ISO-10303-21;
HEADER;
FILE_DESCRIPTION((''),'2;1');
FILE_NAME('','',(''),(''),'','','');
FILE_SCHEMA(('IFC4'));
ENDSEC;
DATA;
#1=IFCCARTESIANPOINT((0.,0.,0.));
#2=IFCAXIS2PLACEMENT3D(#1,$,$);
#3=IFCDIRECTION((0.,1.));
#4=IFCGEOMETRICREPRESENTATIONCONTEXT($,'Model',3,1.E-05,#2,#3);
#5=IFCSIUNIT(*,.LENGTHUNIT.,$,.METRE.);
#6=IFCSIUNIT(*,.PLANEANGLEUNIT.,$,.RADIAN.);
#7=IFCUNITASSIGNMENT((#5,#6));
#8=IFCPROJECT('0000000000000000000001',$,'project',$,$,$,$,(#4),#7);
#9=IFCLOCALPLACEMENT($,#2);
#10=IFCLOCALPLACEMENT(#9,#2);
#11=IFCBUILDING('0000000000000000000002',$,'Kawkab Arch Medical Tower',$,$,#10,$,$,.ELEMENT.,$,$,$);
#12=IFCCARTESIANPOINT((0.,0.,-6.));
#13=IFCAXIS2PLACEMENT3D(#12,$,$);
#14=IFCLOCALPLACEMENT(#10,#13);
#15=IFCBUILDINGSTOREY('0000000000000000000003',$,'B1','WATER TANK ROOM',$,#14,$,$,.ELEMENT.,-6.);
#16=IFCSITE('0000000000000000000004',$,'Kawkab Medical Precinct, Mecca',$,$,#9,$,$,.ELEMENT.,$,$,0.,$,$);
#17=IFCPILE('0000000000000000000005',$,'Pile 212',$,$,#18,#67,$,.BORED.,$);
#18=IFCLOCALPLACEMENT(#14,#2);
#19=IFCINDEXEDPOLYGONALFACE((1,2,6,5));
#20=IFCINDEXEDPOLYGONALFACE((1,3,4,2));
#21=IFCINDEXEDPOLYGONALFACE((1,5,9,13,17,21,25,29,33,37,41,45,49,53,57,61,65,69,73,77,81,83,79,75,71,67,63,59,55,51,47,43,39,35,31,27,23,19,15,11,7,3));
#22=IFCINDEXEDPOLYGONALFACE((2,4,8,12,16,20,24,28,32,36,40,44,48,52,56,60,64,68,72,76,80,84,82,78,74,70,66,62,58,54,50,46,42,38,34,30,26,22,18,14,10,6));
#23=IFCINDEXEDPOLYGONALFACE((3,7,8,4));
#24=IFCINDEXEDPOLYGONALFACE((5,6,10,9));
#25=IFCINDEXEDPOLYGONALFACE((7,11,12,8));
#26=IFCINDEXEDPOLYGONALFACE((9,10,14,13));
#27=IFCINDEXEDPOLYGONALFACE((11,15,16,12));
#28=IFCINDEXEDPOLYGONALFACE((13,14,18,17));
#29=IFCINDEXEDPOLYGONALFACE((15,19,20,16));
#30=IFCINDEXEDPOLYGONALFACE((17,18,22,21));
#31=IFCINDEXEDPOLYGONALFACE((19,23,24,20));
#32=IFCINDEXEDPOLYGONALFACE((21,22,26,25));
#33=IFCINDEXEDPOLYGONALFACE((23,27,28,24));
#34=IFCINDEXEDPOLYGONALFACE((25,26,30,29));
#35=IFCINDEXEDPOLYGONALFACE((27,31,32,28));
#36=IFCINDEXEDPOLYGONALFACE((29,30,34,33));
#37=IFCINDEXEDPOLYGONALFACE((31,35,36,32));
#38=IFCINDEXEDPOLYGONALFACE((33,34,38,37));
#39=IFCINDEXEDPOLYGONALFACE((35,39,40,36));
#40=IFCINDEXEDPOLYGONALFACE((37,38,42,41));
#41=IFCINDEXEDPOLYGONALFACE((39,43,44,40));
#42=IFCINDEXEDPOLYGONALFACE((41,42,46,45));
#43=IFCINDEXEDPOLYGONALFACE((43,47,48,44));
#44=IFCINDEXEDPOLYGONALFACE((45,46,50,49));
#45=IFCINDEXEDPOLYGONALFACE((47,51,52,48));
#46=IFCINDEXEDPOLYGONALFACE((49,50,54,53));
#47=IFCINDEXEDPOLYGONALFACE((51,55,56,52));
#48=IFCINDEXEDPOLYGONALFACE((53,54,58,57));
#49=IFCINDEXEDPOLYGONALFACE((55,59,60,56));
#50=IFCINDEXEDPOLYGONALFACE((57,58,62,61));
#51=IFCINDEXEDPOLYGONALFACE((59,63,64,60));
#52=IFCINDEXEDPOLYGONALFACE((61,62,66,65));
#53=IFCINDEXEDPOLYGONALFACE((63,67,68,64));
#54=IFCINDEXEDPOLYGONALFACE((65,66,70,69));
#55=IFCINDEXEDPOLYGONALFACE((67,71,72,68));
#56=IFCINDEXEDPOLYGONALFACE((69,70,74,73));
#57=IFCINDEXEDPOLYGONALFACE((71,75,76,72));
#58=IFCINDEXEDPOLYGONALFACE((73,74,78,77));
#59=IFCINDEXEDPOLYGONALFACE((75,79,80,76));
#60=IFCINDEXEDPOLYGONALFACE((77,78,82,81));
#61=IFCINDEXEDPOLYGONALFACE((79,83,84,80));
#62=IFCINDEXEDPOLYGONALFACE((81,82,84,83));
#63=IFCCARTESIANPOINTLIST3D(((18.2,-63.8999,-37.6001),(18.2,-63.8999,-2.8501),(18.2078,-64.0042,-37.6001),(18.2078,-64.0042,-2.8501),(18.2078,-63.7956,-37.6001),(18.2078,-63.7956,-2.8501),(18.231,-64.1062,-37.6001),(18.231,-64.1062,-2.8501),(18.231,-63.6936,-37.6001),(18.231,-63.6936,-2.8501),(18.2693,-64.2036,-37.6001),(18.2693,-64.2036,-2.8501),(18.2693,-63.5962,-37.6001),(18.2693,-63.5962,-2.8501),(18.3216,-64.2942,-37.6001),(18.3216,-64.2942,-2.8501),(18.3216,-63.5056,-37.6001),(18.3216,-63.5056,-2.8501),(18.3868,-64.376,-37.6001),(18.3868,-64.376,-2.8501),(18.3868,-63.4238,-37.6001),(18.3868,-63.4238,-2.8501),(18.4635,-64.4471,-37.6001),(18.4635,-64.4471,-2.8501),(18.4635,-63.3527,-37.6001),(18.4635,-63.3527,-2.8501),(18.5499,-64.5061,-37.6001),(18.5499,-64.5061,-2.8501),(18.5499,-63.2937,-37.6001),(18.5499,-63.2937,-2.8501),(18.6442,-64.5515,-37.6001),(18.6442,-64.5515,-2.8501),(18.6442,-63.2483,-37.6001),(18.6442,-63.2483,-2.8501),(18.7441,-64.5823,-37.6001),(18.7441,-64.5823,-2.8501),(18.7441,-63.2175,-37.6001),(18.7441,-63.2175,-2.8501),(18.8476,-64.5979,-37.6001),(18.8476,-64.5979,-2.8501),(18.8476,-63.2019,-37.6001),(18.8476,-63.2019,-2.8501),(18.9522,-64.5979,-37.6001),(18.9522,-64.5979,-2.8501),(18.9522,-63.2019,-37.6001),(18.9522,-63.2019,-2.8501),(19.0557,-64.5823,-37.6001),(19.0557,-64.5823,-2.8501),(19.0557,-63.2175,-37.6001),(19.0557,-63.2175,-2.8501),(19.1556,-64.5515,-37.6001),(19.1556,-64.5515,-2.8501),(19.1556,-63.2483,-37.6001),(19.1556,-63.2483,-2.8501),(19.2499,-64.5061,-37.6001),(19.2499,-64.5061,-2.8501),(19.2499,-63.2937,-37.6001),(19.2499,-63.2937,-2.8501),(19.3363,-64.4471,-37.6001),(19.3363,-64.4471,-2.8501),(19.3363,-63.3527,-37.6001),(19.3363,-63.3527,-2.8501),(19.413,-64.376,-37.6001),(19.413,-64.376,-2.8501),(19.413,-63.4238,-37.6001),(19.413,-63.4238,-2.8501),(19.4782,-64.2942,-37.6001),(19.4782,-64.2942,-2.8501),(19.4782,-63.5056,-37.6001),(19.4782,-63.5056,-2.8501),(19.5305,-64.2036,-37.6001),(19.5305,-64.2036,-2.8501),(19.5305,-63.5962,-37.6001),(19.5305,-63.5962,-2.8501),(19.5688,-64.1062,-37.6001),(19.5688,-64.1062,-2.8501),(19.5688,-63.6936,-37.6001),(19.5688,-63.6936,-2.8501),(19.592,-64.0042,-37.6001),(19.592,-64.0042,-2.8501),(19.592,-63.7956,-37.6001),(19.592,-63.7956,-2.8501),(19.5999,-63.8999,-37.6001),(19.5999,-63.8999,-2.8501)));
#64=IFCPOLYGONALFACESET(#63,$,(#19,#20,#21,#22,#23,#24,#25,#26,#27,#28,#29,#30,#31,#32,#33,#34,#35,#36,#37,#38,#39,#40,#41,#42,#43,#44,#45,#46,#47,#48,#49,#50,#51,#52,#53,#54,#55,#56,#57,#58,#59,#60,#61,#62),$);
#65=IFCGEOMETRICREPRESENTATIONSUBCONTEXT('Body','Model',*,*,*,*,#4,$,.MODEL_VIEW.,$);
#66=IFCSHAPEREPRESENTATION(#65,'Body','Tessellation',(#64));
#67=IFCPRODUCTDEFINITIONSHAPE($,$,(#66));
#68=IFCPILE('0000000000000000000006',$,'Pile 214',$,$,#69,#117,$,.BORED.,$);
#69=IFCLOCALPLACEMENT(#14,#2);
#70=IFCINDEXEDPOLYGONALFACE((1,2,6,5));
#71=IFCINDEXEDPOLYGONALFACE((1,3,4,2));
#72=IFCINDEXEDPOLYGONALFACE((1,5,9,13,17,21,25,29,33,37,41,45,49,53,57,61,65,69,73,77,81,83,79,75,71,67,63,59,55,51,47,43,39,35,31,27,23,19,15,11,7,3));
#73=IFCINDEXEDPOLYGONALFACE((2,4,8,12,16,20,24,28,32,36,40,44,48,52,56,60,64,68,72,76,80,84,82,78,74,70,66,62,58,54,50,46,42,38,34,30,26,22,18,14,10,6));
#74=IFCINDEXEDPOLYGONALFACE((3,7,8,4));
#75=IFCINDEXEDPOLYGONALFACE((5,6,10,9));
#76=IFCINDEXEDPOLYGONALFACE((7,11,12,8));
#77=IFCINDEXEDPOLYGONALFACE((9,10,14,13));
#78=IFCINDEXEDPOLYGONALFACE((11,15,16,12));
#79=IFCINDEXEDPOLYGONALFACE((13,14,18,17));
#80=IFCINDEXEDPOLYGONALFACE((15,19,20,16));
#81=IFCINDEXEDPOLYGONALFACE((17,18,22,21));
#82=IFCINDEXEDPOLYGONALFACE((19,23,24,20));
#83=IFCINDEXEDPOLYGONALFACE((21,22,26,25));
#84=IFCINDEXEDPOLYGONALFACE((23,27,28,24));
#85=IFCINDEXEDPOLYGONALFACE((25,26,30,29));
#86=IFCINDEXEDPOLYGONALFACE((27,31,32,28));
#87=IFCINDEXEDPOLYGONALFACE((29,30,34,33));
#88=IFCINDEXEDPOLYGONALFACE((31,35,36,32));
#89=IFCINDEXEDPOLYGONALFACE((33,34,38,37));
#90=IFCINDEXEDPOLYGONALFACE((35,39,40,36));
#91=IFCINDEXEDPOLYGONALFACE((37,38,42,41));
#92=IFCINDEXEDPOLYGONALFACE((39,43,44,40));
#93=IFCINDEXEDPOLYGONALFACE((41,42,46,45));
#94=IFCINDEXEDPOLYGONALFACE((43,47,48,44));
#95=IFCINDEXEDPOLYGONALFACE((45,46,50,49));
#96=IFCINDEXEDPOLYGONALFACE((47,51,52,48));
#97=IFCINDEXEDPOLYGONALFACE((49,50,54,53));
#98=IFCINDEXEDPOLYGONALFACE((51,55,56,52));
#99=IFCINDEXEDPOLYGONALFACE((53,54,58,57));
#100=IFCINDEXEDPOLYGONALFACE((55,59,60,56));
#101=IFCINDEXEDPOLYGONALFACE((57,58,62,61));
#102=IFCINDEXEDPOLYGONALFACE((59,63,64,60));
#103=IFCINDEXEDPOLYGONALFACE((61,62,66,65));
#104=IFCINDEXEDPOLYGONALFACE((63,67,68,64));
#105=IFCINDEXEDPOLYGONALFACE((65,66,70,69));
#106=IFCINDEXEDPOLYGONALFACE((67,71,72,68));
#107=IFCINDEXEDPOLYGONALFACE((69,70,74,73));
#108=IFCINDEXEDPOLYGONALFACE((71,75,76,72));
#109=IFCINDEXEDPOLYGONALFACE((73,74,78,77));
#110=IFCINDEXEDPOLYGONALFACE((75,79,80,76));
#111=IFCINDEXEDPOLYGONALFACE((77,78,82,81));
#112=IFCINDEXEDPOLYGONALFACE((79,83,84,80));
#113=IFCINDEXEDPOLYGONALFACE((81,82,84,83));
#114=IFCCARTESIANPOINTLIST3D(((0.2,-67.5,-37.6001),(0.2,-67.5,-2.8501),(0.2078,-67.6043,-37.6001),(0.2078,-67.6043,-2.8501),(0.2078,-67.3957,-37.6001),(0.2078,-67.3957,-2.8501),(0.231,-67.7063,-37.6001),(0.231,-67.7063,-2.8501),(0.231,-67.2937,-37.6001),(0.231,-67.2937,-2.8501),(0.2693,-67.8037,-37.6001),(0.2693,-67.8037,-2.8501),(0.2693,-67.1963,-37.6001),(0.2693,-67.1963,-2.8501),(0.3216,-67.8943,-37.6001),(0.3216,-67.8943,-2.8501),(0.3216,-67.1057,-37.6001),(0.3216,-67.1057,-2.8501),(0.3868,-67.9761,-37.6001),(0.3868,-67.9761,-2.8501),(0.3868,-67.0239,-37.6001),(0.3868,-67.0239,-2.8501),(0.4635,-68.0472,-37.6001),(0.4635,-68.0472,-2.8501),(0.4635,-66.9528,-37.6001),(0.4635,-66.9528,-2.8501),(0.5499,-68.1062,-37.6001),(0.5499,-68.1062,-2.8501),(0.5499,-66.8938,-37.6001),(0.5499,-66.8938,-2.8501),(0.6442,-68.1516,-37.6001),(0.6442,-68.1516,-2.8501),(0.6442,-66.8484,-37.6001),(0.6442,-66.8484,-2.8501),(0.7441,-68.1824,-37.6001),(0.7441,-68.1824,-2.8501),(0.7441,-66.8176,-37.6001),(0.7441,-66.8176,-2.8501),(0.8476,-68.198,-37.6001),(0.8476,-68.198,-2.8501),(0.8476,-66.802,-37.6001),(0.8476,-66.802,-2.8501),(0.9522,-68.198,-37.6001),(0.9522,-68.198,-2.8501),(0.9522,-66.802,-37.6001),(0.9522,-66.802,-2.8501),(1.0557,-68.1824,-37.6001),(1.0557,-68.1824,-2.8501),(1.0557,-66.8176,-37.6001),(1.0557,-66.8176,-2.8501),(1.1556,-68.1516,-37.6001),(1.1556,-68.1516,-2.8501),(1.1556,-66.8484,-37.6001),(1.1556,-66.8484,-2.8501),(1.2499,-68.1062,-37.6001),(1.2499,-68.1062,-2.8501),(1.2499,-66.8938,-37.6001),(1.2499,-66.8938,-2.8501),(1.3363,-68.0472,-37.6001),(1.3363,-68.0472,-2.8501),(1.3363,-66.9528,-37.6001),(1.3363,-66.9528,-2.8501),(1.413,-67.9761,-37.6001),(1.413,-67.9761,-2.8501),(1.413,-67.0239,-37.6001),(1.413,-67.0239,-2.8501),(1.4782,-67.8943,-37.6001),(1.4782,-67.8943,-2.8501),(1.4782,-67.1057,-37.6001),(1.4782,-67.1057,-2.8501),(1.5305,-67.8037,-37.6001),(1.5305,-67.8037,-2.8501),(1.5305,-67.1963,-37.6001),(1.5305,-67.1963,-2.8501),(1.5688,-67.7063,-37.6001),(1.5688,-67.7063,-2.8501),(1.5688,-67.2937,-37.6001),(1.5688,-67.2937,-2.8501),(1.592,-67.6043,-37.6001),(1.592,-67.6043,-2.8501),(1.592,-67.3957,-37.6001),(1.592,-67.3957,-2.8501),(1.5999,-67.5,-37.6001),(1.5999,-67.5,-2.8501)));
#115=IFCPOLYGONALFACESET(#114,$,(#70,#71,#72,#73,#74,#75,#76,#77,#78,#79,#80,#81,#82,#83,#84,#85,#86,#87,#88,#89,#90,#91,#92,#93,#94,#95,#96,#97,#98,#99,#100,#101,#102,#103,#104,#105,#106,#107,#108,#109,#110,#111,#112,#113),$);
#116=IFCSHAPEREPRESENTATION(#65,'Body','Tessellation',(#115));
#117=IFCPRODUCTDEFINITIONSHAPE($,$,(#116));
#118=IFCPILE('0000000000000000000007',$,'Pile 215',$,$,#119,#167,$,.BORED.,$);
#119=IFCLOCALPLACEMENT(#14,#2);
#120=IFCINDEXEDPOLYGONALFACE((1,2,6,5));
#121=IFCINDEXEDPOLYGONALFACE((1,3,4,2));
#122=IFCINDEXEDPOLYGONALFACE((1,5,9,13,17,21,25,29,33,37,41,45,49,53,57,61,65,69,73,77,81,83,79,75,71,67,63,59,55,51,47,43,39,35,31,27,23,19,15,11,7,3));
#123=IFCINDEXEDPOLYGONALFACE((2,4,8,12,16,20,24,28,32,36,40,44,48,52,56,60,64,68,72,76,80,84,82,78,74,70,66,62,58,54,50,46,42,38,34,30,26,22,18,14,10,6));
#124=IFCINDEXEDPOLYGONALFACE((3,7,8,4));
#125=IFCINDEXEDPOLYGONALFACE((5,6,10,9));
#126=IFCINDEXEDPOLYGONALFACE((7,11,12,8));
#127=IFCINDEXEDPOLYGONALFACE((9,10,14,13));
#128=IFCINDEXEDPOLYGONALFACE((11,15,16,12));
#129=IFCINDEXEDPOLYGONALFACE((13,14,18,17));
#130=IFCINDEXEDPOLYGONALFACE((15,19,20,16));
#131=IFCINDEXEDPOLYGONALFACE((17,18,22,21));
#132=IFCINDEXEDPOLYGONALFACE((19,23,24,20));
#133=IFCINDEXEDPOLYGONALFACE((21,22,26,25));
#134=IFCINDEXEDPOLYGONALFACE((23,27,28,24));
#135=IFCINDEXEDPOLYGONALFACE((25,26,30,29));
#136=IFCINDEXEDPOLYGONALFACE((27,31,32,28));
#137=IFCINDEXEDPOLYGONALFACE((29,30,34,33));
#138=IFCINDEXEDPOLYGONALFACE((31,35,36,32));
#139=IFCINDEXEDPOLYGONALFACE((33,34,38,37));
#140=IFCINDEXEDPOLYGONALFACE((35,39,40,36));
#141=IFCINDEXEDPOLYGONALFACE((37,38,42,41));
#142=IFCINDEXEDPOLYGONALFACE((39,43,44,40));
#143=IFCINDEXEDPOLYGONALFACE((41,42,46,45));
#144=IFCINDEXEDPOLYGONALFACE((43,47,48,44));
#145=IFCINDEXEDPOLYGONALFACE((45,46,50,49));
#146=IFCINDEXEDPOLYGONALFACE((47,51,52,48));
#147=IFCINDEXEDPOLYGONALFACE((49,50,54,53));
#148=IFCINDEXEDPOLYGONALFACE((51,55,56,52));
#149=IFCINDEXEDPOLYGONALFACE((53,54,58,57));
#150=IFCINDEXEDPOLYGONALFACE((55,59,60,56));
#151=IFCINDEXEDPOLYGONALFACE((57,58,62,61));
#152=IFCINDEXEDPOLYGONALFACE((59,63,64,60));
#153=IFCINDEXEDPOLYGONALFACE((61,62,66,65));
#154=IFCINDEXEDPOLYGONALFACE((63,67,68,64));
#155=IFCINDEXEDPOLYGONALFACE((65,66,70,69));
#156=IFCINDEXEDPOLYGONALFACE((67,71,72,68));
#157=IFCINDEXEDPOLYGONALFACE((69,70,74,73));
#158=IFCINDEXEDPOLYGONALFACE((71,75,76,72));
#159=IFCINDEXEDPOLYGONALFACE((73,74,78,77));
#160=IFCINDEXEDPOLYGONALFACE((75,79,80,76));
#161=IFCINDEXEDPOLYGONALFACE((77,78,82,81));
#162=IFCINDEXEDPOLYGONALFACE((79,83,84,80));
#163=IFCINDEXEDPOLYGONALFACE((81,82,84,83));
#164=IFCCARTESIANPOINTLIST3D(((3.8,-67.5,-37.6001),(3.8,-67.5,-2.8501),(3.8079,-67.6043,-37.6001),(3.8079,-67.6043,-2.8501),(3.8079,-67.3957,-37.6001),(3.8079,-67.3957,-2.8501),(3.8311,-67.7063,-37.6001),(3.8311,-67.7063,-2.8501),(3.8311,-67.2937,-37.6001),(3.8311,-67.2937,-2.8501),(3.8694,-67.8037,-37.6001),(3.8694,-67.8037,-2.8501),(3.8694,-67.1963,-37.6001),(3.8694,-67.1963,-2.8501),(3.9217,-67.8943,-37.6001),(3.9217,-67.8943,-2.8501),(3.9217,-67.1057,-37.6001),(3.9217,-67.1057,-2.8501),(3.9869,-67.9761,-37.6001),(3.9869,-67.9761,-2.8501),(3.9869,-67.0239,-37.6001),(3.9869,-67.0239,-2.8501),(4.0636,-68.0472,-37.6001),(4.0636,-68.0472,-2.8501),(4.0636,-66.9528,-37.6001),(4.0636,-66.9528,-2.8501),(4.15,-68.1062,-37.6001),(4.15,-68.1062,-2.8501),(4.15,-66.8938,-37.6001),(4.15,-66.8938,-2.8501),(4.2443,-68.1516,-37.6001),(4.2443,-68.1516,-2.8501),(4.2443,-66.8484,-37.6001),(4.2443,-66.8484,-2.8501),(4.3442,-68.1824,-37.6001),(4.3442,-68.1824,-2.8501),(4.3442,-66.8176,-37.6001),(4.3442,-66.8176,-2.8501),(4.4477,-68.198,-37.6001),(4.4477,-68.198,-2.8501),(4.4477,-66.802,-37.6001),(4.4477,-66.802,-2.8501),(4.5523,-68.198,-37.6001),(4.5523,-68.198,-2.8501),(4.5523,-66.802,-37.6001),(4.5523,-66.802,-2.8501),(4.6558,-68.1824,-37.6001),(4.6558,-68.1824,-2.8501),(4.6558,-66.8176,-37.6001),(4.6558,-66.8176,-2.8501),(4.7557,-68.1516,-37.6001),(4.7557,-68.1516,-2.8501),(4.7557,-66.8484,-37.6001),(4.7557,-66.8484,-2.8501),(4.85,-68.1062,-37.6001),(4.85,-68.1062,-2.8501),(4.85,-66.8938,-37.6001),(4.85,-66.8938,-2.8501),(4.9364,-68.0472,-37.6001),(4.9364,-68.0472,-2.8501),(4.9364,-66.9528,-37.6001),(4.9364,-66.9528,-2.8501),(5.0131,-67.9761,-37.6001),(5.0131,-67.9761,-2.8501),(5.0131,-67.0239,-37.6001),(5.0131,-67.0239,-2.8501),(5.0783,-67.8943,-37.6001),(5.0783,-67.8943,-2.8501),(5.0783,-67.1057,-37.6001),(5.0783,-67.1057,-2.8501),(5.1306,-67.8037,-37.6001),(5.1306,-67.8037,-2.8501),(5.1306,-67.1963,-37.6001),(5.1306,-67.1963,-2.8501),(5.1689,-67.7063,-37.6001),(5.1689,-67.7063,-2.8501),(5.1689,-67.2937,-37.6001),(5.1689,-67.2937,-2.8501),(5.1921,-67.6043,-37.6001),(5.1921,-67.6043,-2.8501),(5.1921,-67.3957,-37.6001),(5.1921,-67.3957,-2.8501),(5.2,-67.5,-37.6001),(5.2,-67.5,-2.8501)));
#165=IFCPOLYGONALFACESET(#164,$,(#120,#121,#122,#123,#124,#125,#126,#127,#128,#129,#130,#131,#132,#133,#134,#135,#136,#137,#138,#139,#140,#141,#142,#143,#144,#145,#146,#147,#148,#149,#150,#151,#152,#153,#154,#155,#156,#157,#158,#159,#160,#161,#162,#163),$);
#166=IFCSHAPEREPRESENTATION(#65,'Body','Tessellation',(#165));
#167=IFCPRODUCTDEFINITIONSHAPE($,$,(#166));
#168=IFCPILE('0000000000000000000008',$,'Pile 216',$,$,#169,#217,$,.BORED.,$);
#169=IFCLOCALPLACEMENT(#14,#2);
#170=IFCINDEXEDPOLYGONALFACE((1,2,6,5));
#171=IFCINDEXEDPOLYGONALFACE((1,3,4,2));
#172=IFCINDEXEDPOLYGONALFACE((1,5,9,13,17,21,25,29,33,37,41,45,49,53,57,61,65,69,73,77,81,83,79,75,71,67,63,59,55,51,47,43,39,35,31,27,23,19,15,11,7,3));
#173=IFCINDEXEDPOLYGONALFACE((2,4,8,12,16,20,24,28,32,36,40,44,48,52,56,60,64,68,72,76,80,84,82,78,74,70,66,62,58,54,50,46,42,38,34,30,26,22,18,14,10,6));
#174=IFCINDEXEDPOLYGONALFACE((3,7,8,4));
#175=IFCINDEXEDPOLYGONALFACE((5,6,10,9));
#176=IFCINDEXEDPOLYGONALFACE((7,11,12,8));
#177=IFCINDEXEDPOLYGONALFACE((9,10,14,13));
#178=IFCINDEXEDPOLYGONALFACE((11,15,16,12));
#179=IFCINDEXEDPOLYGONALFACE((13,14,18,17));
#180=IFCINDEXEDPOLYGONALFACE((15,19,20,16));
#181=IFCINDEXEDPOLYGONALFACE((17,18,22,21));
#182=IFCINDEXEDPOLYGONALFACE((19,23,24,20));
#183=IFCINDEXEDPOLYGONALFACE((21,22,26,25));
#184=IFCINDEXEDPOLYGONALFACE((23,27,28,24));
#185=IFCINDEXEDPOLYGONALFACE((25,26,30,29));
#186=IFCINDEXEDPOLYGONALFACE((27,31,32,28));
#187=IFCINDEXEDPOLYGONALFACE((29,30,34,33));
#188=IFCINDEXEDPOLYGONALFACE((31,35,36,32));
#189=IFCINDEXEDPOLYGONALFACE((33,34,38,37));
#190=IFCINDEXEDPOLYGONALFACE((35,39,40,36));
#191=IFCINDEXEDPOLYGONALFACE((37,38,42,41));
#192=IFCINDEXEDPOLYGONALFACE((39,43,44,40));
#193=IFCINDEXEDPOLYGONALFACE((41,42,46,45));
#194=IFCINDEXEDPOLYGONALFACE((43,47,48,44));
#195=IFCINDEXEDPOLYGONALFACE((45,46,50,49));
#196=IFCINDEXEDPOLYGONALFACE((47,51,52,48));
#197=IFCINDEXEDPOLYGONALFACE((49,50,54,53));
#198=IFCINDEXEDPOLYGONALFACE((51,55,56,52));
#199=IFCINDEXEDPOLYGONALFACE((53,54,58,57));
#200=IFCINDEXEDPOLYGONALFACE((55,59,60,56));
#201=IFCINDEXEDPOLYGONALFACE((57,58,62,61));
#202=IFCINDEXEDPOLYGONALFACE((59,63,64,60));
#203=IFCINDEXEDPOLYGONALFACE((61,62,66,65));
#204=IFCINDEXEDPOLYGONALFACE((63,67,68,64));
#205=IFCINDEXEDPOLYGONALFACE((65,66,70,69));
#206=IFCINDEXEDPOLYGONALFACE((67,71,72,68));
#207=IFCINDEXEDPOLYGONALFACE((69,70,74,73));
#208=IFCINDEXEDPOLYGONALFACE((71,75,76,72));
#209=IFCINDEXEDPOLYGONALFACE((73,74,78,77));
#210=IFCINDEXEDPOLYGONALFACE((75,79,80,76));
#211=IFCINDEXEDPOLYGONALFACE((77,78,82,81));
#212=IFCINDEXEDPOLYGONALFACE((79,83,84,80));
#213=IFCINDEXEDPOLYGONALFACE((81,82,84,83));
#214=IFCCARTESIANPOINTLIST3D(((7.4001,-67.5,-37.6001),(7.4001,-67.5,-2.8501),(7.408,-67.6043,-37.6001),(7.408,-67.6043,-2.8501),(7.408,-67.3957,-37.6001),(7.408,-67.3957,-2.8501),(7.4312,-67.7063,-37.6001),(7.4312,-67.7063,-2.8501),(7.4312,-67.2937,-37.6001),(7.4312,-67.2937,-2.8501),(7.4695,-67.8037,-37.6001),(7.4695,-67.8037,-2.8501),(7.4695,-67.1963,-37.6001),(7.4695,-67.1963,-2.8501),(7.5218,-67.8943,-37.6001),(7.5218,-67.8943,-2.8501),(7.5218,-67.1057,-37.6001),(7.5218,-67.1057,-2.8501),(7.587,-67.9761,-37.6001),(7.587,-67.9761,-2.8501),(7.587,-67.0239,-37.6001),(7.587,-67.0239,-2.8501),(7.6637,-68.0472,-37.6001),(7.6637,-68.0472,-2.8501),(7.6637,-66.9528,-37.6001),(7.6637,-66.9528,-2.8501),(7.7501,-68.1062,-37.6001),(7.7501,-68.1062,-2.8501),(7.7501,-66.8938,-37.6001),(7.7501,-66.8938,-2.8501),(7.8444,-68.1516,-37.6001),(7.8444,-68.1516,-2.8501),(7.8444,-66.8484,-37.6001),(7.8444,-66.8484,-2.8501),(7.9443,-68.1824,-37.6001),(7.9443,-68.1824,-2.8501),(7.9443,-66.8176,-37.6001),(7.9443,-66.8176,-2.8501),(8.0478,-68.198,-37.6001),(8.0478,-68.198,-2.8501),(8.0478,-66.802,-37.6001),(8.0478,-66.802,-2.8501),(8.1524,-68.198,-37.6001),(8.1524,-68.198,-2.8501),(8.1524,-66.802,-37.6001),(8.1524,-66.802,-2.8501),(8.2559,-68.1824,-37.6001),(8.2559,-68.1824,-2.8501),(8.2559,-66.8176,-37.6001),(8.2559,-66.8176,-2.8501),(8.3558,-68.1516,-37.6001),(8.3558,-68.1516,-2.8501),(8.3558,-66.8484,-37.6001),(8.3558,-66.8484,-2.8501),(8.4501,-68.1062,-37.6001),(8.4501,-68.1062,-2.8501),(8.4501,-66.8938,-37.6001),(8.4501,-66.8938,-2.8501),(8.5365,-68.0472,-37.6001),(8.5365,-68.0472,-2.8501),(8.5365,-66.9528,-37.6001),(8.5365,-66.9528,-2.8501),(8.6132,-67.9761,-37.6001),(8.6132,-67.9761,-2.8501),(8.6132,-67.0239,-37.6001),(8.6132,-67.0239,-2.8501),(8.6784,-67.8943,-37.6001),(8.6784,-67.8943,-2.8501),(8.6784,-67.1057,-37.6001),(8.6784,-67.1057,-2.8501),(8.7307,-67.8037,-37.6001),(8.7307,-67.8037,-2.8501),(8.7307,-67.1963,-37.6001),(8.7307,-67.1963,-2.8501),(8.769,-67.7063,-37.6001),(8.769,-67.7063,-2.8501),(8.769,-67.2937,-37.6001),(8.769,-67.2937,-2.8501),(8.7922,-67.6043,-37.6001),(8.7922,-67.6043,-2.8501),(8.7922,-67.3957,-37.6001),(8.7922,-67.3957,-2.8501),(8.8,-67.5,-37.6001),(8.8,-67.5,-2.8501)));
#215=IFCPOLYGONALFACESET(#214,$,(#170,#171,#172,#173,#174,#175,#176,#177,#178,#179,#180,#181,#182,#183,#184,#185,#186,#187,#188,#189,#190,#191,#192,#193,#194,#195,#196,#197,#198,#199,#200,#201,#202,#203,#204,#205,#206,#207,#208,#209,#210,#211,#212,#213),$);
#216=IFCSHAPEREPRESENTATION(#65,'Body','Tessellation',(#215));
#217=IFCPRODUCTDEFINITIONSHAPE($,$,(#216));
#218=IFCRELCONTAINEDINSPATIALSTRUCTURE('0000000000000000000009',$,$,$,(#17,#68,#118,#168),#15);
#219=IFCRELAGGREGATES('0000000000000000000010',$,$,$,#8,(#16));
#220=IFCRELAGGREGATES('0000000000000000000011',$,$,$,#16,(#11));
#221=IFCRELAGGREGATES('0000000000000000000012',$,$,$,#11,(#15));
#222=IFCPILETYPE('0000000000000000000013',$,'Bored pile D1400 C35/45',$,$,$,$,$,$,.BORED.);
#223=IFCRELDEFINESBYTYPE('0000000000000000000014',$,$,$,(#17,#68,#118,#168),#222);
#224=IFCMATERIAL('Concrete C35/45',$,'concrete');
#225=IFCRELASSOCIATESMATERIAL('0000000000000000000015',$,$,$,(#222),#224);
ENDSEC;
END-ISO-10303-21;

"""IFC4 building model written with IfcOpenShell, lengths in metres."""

from ifc_helpers import new_model, si_unit, direction, frame, origin, origin_2d, place, context, subcontext, project, spatial, circle, extrude, material, material_profile, profile_set, type_object, element, save


model = new_model("IFC4")

# Units and contexts
model_context = context("Model", 3, precision=1e-05, world=origin(), true_north=direction((0.0, 1.0)))
body_context = subcontext(model_context, "Body", "Model", "MODEL_VIEW")
ifc_project = project(units=[si_unit("LENGTHUNIT", "METRE"), si_unit("PLANEANGLEUNIT", "RADIAN")], contexts=[model_context])

# Site, building, storey
site_placement = place(None, origin())
site = spatial("IfcSite", under=ifc_project, at=site_placement, Name="Kawkab Medical Precinct, Mecca", CompositionType="ELEMENT", RefElevation=0.0)
building_placement = place(site_placement, origin())
building = spatial("IfcBuilding", under=site, at=building_placement, Name="Kawkab Arch Medical Tower", CompositionType="ELEMENT")
storey_placement = place(building_placement, frame((0.0, 0.0, -6.0)))
storey = spatial("IfcBuildingStorey", under=building, at=storey_placement, Name="B1", Description="WATER TANK ROOM", CompositionType="ELEMENT", Elevation=-6.0)

# Piles
ifc_material_1 = material(Name="Concrete C35/45", Category="concrete")
ifc_material_profile_1 = material_profile(ifc_material_1, circle(Radius=0.7, at=origin_2d()), Name="Bored pile D1400")
ifc_profile_set_1 = profile_set([ifc_material_profile_1], Name="Concrete C35/45")
pile_type = type_object("IfcPileType", Name="Bored pile D1400 C35/45", PredefinedType="BORED", material=ifc_profile_set_1)
for number, where, z_axis, x_axis, name in (
    (1, (18.8999, -63.8999, -2.8501), (0.0, 0.0, -1.0), (1.0, 0.0, 0.0), "Pile 212"),
    (2, (0.8999, -67.5, -2.8501), (0.0, 0.0, -1.0), (1.0, 0.0, 0.0), "Pile 214"),
    (3, (4.5, -67.5, -2.8501), (0.0, 0.0, -1.0), (1.0, 0.0, 0.0), "Pile 215"),
    (4, (8.1001, -67.5, -2.8501), (0.0, 0.0, -1.0), (1.0, 0.0, 0.0), "Pile 216"),
):
    element("IfcPile", number, at=place(storey_placement, frame(where, z_axis=z_axis, x_axis=x_axis)), inside=storey, type_object=pile_type, Name=name, PredefinedType="BORED", context=body_context, shape_type="SweptSolid", body=[
        extrude(circle(Radius=0.7, at=origin_2d()), origin(), (0.0, 0.0, 1.0), 34.75),
    ])

save(model, "model.ifc")
